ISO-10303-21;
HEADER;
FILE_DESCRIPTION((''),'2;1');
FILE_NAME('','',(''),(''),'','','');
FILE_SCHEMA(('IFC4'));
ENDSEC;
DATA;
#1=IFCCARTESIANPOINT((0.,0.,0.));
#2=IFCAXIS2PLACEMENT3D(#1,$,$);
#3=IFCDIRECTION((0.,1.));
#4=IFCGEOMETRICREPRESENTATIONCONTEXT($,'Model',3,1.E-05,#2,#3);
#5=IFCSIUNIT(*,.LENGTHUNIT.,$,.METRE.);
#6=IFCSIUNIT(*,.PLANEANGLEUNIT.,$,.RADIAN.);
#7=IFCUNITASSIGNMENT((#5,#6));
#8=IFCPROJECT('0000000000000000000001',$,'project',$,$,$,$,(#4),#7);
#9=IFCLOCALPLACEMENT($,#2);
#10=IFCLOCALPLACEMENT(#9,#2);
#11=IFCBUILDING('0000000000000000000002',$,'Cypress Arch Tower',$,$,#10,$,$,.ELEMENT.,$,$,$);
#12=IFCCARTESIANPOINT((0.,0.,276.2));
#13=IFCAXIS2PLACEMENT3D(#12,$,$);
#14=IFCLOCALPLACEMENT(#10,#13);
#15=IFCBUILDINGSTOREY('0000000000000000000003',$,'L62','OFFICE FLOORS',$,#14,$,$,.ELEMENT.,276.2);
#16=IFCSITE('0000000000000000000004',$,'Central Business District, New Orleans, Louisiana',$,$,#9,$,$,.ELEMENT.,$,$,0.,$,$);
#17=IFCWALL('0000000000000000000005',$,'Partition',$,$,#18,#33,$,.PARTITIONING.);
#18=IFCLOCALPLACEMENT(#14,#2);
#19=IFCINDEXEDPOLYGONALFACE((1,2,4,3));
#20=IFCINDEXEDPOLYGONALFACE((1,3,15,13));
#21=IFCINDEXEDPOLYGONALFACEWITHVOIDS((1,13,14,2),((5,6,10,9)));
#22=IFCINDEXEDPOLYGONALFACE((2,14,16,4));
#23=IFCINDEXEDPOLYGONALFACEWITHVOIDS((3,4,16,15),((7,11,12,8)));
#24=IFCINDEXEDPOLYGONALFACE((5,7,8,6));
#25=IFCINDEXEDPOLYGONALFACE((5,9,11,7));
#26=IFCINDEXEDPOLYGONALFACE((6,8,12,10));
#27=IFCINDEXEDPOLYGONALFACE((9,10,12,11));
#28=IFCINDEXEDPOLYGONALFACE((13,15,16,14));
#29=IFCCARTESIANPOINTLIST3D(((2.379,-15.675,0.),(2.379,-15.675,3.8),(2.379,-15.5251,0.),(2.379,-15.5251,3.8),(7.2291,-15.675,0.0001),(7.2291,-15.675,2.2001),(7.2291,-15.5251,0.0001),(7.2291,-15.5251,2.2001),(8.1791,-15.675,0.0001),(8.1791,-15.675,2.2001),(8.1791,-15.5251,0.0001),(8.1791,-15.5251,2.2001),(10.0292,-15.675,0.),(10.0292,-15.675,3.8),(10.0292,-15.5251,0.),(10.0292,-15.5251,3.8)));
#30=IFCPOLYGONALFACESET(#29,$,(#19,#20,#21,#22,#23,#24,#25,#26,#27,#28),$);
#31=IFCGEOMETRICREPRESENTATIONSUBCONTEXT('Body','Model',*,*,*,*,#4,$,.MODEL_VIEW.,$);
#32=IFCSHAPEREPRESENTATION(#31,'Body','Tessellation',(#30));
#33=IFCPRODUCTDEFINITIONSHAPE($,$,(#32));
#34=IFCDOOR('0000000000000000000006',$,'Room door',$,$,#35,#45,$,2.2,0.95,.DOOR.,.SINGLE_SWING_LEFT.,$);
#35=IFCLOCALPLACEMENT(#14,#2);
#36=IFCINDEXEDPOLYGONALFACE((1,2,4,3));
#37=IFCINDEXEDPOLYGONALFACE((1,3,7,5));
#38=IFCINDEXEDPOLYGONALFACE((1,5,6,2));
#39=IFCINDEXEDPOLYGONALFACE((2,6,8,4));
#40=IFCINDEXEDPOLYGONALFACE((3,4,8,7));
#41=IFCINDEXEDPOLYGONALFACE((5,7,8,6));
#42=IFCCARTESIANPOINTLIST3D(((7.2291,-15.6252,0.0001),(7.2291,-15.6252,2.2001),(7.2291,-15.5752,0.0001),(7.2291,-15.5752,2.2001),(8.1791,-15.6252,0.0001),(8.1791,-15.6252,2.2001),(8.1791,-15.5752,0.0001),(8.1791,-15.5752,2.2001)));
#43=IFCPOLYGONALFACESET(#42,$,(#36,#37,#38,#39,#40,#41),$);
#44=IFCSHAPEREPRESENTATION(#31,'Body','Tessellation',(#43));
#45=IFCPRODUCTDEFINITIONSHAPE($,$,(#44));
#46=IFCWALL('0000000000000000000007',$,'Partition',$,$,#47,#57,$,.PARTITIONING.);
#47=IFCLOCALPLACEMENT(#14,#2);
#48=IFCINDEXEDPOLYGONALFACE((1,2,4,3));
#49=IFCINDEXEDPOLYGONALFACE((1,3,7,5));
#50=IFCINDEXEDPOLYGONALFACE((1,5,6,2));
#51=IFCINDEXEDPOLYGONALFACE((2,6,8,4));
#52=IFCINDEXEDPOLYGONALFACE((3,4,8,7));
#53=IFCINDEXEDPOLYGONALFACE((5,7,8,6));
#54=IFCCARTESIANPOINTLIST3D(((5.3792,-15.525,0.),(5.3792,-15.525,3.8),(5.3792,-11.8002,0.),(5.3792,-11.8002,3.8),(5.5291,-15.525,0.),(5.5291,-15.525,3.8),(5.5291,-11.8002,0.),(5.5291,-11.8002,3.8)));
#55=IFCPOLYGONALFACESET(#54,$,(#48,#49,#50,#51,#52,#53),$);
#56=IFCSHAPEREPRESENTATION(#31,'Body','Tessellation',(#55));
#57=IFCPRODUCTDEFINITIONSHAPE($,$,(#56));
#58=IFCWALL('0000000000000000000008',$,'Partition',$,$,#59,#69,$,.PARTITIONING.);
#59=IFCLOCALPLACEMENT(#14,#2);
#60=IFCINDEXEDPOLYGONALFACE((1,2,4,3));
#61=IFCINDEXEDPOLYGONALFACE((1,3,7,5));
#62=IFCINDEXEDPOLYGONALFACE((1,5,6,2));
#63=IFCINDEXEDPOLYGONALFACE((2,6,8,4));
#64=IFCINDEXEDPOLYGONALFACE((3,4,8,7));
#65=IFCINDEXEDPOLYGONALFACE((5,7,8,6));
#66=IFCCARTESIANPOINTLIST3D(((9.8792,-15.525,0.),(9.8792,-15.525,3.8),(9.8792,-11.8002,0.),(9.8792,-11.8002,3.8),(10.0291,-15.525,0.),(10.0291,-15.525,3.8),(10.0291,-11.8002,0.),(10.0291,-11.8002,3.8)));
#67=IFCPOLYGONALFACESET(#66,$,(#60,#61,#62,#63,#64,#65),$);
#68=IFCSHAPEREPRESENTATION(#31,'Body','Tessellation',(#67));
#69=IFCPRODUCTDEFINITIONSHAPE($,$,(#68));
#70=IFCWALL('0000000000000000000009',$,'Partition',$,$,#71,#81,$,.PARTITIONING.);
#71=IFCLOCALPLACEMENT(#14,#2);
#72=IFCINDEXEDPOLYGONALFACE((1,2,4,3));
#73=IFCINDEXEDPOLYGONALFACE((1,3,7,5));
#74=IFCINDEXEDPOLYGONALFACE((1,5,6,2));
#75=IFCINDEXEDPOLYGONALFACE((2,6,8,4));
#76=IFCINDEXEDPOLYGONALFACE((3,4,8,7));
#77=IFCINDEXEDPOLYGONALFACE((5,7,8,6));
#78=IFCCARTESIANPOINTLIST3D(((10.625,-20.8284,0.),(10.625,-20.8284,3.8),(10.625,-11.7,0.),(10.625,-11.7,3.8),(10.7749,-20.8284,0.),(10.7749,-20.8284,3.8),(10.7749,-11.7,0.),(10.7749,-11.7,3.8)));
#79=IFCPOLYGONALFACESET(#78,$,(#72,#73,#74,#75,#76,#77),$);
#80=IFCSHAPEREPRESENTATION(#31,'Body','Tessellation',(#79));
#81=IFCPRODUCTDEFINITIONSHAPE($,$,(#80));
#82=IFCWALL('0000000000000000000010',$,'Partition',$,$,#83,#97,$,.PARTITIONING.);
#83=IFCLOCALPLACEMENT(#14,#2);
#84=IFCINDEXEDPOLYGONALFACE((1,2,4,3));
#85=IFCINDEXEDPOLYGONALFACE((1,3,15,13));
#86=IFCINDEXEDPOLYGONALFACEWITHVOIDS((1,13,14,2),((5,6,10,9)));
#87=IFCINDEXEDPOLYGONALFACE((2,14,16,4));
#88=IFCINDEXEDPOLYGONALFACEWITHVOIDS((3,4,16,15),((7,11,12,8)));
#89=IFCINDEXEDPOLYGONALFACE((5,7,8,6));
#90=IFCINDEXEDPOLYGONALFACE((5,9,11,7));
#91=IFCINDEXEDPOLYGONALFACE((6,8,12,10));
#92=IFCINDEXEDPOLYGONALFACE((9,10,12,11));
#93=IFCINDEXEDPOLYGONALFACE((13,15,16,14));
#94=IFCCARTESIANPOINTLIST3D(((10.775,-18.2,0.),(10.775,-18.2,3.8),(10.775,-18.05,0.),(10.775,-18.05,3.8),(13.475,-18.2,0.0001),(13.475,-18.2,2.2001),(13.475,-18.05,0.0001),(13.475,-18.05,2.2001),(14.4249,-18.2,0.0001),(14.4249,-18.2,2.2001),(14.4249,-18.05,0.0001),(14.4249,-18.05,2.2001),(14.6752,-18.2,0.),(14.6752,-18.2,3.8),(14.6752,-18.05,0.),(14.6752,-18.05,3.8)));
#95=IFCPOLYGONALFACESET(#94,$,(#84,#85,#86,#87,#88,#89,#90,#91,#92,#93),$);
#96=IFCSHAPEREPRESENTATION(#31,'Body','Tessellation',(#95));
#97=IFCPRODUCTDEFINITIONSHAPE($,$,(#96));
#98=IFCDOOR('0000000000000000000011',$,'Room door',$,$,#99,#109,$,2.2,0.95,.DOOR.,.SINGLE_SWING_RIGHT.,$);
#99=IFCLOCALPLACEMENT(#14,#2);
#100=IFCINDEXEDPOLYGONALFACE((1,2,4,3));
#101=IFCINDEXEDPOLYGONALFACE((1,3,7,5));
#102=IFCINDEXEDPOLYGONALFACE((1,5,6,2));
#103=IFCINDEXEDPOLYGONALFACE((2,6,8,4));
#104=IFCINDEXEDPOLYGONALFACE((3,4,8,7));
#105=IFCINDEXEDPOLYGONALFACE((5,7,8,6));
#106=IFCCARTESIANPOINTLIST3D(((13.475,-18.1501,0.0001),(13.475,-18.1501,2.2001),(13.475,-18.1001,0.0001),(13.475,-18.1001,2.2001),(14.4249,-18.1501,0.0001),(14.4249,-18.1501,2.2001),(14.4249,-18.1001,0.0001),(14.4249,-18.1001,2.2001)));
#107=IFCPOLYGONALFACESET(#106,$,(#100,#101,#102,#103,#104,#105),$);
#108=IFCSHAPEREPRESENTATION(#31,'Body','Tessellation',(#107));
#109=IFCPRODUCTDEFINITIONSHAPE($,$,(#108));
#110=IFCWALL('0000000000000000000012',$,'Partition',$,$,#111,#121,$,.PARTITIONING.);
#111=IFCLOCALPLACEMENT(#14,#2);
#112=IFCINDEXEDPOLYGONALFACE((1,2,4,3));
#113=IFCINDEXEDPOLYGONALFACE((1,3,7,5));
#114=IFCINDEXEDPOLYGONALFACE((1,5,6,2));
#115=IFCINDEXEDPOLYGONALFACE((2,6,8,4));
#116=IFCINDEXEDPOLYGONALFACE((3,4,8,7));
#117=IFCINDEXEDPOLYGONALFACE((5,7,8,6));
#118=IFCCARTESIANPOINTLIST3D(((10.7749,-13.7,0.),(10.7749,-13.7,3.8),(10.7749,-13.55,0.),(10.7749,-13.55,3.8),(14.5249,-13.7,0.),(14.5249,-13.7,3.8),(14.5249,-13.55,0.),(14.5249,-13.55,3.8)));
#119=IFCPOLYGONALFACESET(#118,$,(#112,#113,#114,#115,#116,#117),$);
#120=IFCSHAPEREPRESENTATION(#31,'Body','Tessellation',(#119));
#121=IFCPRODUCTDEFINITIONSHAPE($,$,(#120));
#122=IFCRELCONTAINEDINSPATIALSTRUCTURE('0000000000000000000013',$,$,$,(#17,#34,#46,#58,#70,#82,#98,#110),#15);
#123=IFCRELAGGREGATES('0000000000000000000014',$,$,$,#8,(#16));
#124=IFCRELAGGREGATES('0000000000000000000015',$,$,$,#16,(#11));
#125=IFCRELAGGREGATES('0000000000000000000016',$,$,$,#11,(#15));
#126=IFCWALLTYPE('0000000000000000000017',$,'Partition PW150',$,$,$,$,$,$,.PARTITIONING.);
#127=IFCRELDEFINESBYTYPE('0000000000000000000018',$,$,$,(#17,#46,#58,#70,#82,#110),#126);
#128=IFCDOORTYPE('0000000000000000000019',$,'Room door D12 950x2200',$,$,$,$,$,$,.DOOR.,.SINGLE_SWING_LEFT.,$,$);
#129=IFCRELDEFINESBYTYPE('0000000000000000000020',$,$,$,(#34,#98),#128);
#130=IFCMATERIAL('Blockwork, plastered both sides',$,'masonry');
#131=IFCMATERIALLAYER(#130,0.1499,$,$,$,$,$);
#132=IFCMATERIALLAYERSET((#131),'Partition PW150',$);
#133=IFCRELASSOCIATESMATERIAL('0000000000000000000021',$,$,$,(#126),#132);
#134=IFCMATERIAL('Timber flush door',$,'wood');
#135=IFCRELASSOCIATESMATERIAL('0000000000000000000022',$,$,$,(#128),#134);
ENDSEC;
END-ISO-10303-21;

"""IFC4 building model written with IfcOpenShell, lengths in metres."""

from ifc_helpers import new_model, si_unit, direction, frame, frame_2d, origin, place, context, subcontext, project, spatial, rectangle, extrude, material, layer, layer_set, type_object, element, fill, save


model = new_model("IFC4")

# Units and contexts
model_context = context("Model", 3, precision=1e-05, world=origin(), true_north=direction((0.0, 1.0)))
body_context = subcontext(model_context, "Body", "Model", "MODEL_VIEW")
ifc_project = project(units=[si_unit("LENGTHUNIT", "METRE"), si_unit("PLANEANGLEUNIT", "RADIAN")], contexts=[model_context])

# Site, building, storey
site_placement = place(None, origin())
site = spatial("IfcSite", under=ifc_project, at=site_placement, Name="Central Business District, New Orleans, Louisiana", CompositionType="ELEMENT", RefElevation=0.0)
building_placement = place(site_placement, origin())
building = spatial("IfcBuilding", under=site, at=building_placement, Name="Cypress Arch Tower", CompositionType="ELEMENT")
storey_placement = place(building_placement, frame((0.0, 0.0, 276.2)))
storey = spatial("IfcBuildingStorey", under=building, at=storey_placement, Name="L62", Description="OFFICE FLOORS", CompositionType="ELEMENT", Elevation=276.2)

# Wall, opening, door
ifc_material_1 = material(Name="Blockwork, plastered both sides", Category="masonry")
ifc_layer_1 = layer(ifc_material_1, 0.1499)
ifc_layer_set_1 = layer_set([ifc_layer_1], Name="Partition PW150")
wall_type_1 = type_object("IfcWallType", Name="Partition PW150", PredefinedType="PARTITIONING", material=ifc_layer_set_1)
ifc_material_2 = material(Name="Timber flush door", Category="wood")
door_type_1 = type_object("IfcDoorType", Name="Room door D12 950x2200", OperationType="SINGLE_SWING_LEFT", PredefinedType="DOOR", material=ifc_material_2)
wall_1_placement = place(storey_placement, frame((2.3789, -15.6001, 0.0), z_axis=(0.0, 0.0, 1.0), x_axis=(1.0, 0.0, 0.0)))
wall_1 = element("IfcWall", 1, at=wall_1_placement, inside=storey, type_object=wall_type_1, Name="Partition", PredefinedType="PARTITIONING", context=body_context, shape_type="SweptSolid", body=[
    extrude(rectangle(XDim=7.6501, YDim=0.1499, at=frame_2d((3.8252, 0.0))), origin(), (0.0, 0.0, 1.0), 3.8),
])
opening_1_placement = place(wall_1_placement, frame((4.8501, 0.0, 0.0)))
opening_1 = element("IfcOpeningElement", 2, at=opening_1_placement, cuts=wall_1, PredefinedType="OPENING", context=body_context, shape_type="SweptSolid", body=[
    extrude(rectangle(XDim=0.95, YDim=2.2, at=frame_2d((0.4751, 1.1001))), frame((0.0, 0.085, 0.0), z_axis=(0.0, -1.0, 0.0), x_axis=(1.0, 0.0, 0.0)), (0.0, 0.0, 1.0), 0.1699),
])
door_1_placement = place(opening_1_placement, origin())
door_1 = element("IfcDoor", 3, at=door_1_placement, inside=storey, type_object=door_type_1, Name="Room door", OperationType="SINGLE_SWING_LEFT", OverallHeight=2.2, OverallWidth=0.95, PredefinedType="DOOR", context=body_context, shape_type="SweptSolid", body=[
    extrude(rectangle(XDim=0.95, YDim=2.2, at=frame_2d((0.4751, 1.1001))), frame((0.0, 0.0249, 0.0), z_axis=(0.0, -1.0, 0.0), x_axis=(1.0, 0.0, 0.0)), (0.0, 0.0, 1.0), 0.05),
])
fill(opening_1, door_1)

# Walls
for number, where, z_axis, x_axis, name in (
    (4, (5.4541, -15.5249, 0.0), (0.0, 0.0, 1.0), (0.0, 1.0, 0.0), "Partition"),
    (5, (9.9541, -15.5249, 0.0), (0.0, 0.0, 1.0), (0.0, 1.0, 0.0), "Partition"),
):
    element("IfcWall", number, at=place(storey_placement, frame(where, z_axis=z_axis, x_axis=x_axis)), inside=storey, type_object=wall_type_1, Name=name, PredefinedType="PARTITIONING", context=body_context, shape_type="SweptSolid", body=[
        extrude(rectangle(XDim=3.7249, YDim=0.1499, at=frame_2d((1.8623, 0.0))), origin(), (0.0, 0.0, 1.0), 3.8),
    ])
wall_2_placement = place(storey_placement, frame((10.7, -20.8284, 0.0), z_axis=(0.0, 0.0, 1.0), x_axis=(0.0, 1.0, 0.0)))
element("IfcWall", 6, at=wall_2_placement, inside=storey, type_object=wall_type_1, Name="Partition", PredefinedType="PARTITIONING", context=body_context, shape_type="SweptSolid", body=[
    extrude(rectangle(XDim=9.1284, YDim=0.1499, at=frame_2d((4.5642, 0.0))), origin(), (0.0, 0.0, 1.0), 3.8),
])

# Wall, opening, door
wall_3_placement = place(storey_placement, frame((10.7749, -18.125, 0.0), z_axis=(0.0, 0.0, 1.0), x_axis=(1.0, 0.0, 0.0)))
wall_3 = element("IfcWall", 7, at=wall_3_placement, inside=storey, type_object=wall_type_1, Name="Partition", PredefinedType="PARTITIONING", context=body_context, shape_type="SweptSolid", body=[
    extrude(rectangle(XDim=3.9001, YDim=0.1499, at=frame_2d((1.9502, 0.0))), origin(), (0.0, 0.0, 1.0), 3.8),
])
opening_2_placement = place(wall_3_placement, frame((2.7, 0.0, 0.0)))
opening_2 = element("IfcOpeningElement", 8, at=opening_2_placement, cuts=wall_3, PredefinedType="OPENING", context=body_context, shape_type="SweptSolid", body=[
    extrude(rectangle(XDim=0.95, YDim=2.2, at=frame_2d((0.4751, 1.1001))), frame((0.0, 0.085, 0.0), z_axis=(0.0, -1.0, 0.0), x_axis=(1.0, 0.0, 0.0)), (0.0, 0.0, 1.0), 0.1699),
])
door_2_placement = place(opening_2_placement, origin())
door_2 = element("IfcDoor", 9, at=door_2_placement, inside=storey, type_object=door_type_1, Name="Room door", OperationType="SINGLE_SWING_RIGHT", OverallHeight=2.2, OverallWidth=0.95, PredefinedType="DOOR", context=body_context, shape_type="SweptSolid", body=[
    extrude(rectangle(XDim=0.95, YDim=2.2, at=frame_2d((0.4751, 1.1001))), frame((0.0, 0.0249, 0.0), z_axis=(0.0, -1.0, 0.0), x_axis=(1.0, 0.0, 0.0)), (0.0, 0.0, 1.0), 0.05),
])
fill(opening_2, door_2)

# Wall
wall_4_placement = place(storey_placement, frame((10.7749, -13.625, 0.0), z_axis=(0.0, 0.0, 1.0), x_axis=(1.0, 0.0, 0.0)))
element("IfcWall", 10, at=wall_4_placement, inside=storey, type_object=wall_type_1, Name="Partition", PredefinedType="PARTITIONING", context=body_context, shape_type="SweptSolid", body=[
    extrude(rectangle(XDim=3.75, YDim=0.1499, at=frame_2d((1.875, 0.0))), origin(), (0.0, 0.0, 1.0), 3.8),
])

save(model, "model.ifc")
